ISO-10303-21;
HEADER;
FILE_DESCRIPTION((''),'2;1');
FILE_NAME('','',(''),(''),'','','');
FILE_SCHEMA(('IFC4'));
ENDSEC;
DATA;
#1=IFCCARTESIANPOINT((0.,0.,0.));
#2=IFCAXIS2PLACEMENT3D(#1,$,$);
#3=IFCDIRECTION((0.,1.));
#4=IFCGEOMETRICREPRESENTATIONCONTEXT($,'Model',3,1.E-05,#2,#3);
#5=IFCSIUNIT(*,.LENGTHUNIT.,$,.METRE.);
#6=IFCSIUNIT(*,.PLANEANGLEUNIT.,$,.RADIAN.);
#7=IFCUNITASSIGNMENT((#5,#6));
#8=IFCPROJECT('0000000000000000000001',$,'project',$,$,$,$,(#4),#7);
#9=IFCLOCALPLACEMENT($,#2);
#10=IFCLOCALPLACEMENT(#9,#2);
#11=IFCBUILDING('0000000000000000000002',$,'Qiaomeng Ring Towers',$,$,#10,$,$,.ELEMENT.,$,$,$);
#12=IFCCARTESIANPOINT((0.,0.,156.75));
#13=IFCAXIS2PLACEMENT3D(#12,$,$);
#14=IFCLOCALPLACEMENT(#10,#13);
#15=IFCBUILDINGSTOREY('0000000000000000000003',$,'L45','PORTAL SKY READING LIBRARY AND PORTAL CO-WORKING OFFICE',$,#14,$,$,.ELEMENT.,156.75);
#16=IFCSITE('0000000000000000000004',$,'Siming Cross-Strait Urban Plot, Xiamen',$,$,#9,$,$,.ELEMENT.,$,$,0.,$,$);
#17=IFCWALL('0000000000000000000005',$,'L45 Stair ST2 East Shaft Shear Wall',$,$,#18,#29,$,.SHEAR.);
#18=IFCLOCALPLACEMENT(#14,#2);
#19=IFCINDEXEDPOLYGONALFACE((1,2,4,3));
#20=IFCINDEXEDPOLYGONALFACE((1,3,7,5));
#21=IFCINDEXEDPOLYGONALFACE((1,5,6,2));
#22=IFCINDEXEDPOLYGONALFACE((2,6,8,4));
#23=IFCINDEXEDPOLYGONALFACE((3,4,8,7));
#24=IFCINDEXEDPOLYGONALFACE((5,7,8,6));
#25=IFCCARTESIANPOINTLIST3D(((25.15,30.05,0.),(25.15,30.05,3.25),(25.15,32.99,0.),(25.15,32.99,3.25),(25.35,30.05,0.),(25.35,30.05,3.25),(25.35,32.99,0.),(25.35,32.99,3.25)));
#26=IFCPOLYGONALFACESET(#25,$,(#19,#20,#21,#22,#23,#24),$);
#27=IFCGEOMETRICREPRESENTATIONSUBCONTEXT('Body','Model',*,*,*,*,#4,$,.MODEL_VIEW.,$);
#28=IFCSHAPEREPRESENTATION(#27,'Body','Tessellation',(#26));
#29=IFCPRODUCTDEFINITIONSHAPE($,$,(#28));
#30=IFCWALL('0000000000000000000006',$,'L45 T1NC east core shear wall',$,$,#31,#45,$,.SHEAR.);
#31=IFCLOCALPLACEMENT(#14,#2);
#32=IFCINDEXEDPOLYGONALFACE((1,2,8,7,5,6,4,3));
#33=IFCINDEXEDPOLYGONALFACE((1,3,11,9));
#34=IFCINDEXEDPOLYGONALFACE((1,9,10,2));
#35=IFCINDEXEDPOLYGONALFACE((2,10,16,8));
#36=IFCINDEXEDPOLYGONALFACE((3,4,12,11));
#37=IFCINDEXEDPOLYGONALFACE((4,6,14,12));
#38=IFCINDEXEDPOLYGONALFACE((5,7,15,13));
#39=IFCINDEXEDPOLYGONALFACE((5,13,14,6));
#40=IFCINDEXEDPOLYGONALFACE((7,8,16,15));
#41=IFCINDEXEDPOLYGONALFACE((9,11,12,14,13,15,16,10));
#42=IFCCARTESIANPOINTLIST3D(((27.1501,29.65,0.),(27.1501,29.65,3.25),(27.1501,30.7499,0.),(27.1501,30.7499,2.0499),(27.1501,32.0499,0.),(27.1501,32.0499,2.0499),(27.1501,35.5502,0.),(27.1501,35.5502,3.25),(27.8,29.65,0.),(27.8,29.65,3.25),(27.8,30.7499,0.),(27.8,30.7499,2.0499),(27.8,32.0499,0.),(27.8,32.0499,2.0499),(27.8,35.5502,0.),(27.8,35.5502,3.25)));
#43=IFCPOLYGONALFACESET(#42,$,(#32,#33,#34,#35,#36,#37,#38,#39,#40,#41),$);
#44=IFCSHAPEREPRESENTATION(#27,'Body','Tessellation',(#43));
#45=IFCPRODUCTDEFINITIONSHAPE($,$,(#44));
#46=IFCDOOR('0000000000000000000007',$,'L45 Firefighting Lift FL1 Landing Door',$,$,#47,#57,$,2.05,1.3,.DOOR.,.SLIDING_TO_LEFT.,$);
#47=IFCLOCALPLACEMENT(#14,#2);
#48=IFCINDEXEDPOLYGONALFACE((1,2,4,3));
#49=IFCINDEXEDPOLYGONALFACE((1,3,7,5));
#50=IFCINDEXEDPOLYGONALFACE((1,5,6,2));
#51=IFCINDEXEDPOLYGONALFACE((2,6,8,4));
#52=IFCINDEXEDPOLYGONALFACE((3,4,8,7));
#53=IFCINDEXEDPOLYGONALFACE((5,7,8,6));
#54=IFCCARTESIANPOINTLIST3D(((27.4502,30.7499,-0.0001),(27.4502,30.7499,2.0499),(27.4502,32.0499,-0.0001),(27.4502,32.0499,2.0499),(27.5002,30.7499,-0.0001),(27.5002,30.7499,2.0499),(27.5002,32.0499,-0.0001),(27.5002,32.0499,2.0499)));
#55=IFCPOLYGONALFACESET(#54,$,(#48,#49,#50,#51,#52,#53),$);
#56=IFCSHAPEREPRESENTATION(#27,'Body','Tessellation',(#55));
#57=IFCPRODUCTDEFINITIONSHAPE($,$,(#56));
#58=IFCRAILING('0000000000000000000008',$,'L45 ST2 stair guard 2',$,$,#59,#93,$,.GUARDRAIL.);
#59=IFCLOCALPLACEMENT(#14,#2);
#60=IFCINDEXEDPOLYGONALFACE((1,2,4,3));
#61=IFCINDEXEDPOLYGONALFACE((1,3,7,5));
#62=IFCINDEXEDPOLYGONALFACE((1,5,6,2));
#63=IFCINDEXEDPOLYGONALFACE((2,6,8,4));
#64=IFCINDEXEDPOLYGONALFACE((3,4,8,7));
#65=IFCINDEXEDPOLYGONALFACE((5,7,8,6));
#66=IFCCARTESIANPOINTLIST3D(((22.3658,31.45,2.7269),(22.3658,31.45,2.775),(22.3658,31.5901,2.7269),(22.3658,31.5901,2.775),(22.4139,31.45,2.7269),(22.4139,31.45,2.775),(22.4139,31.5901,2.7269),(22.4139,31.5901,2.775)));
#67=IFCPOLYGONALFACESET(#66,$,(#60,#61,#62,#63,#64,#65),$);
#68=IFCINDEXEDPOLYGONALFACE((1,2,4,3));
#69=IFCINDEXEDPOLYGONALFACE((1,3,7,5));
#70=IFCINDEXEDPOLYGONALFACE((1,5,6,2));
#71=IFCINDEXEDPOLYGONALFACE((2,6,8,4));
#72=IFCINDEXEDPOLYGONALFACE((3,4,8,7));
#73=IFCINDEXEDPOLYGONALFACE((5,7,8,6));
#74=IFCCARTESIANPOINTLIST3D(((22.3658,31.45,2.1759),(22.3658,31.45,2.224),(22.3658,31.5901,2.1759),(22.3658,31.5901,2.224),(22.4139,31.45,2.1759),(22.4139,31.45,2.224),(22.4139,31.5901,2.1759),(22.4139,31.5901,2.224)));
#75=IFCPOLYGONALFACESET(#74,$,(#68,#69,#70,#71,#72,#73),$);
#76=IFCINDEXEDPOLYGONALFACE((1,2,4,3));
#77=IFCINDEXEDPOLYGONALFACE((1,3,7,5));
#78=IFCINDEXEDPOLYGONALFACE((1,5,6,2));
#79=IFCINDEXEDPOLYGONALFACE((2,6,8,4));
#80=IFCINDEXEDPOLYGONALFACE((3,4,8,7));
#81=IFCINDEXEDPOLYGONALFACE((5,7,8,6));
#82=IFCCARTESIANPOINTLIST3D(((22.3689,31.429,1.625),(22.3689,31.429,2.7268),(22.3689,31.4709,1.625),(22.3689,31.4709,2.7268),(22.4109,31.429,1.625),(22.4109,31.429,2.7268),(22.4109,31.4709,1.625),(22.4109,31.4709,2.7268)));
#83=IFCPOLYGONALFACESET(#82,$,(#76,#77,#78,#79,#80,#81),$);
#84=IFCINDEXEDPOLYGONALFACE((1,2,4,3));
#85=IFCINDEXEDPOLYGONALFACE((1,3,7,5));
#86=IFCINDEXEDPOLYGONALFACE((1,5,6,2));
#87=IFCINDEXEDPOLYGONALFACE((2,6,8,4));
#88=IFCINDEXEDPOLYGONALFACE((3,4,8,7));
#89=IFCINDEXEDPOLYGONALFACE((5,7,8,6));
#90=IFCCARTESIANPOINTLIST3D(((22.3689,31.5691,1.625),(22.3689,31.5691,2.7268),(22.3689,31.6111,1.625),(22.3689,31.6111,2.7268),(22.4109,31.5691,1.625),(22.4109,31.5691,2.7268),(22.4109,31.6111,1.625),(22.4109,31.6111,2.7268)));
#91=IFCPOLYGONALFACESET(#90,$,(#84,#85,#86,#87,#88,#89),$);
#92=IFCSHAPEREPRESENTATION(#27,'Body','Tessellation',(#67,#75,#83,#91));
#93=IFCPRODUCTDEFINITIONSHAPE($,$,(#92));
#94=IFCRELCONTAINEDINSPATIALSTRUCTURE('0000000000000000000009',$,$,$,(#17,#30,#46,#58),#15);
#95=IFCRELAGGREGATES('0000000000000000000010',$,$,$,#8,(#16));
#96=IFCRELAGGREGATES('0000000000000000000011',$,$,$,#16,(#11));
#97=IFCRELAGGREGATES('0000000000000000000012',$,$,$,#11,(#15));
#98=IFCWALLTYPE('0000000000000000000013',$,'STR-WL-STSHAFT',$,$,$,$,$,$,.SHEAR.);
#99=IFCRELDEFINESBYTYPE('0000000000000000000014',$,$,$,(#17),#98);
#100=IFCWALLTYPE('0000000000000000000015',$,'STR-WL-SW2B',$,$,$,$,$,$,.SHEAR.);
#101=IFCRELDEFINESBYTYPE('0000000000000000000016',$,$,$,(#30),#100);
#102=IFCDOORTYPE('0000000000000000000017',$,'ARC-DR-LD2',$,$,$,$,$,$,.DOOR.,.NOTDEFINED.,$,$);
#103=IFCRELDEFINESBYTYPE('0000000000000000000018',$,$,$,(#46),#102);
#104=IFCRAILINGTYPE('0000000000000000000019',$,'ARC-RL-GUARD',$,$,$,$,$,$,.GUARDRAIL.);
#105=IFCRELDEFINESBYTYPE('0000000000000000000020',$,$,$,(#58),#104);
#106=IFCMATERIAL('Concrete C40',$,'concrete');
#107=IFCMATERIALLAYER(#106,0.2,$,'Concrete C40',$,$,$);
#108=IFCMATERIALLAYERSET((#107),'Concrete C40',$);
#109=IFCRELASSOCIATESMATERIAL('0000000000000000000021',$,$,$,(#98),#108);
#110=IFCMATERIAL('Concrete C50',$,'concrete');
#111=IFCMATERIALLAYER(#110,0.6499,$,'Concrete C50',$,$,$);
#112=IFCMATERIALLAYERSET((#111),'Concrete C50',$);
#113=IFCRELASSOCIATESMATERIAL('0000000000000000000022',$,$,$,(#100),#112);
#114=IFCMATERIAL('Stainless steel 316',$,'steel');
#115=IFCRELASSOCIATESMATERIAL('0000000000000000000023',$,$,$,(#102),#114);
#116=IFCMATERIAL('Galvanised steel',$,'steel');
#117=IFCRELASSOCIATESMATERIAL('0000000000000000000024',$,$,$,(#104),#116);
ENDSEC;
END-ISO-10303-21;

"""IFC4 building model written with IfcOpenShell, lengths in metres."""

from ifc_helpers import new_model, si_unit, direction, frame, frame_2d, origin, origin_2d, place, context, subcontext, project, spatial, rectangle, extrude, source, transform, mapped, material, layer, layer_set, type_object, element, fill, save


model = new_model("IFC4")

# Units and contexts
model_context = context("Model", 3, precision=1e-05, world=origin(), true_north=direction((0.0, 1.0)))
body_context = subcontext(model_context, "Body", "Model", "MODEL_VIEW")
ifc_project = project(units=[si_unit("LENGTHUNIT", "METRE"), si_unit("PLANEANGLEUNIT", "RADIAN")], contexts=[model_context])

# Site, building, storey
site_placement = place(None, origin())
site = spatial("IfcSite", under=ifc_project, at=site_placement, Name="Siming Cross-Strait Urban Plot, Xiamen", CompositionType="ELEMENT", RefElevation=0.0)
building_placement = place(site_placement, origin())
building = spatial("IfcBuilding", under=site, at=building_placement, Name="Qiaomeng Ring Towers", CompositionType="ELEMENT")
storey_placement = place(building_placement, frame((0.0, 0.0, 156.75)))
storey = spatial("IfcBuildingStorey", under=building, at=storey_placement, Name="L45", Description="PORTAL SKY READING LIBRARY AND PORTAL CO-WORKING OFFICE", CompositionType="ELEMENT", Elevation=156.75)

# Shared definitions
ifc_material_1 = material(Name="Galvanised steel", Category="steel")

# Wall
ifc_material_2 = material(Name="Concrete C40", Category="concrete")
ifc_layer_1 = layer(ifc_material_2, 0.2, Name="Concrete C40")
ifc_layer_set_1 = layer_set([ifc_layer_1], Name="Concrete C40")
wall_type_1 = type_object("IfcWallType", Name="STR-WL-STSHAFT", PredefinedType="SHEAR", material=ifc_layer_set_1)
wall_1_placement = place(storey_placement, frame((25.25, 30.05, 0.0), z_axis=(0.0, 0.0, 1.0), x_axis=(0.0, 1.0, 0.0)))
element("IfcWall", 1, at=wall_1_placement, inside=storey, type_object=wall_type_1, Name="L45 Stair ST2 East Shaft Shear Wall", PredefinedType="SHEAR", context=body_context, shape_type="SweptSolid", body=[
    extrude(rectangle(XDim=2.9399, YDim=0.2, at=frame_2d((1.47, 0.0))), origin(), (0.0, 0.0, 1.0), 3.25),
])

# Wall, opening, door
ifc_material_3 = material(Name="Concrete C50", Category="concrete")
ifc_layer_2 = layer(ifc_material_3, 0.6499, Name="Concrete C50")
ifc_layer_set_2 = layer_set([ifc_layer_2], Name="Concrete C50")
wall_type_2 = type_object("IfcWallType", Name="STR-WL-SW2B", PredefinedType="SHEAR", material=ifc_layer_set_2)
wall_2_placement = place(storey_placement, frame((27.4751, 29.6499, 0.0), z_axis=(0.0, 0.0, 1.0), x_axis=(0.0, 1.0, 0.0)))
wall_2 = element("IfcWall", 2, at=wall_2_placement, inside=storey, type_object=wall_type_2, Name="L45 T1NC east core shear wall", PredefinedType="SHEAR", context=body_context, shape_type="SweptSolid", body=[
    extrude(rectangle(XDim=5.9001, YDim=0.6499, at=frame_2d((2.9502, 0.0))), origin(), (0.0, 0.0, 1.0), 3.25),
])
opening_1_placement = place(wall_2_placement, frame((1.1001, 0.0, 0.0)))
opening_1 = element("IfcOpeningElement", 3, at=opening_1_placement, cuts=wall_2, PredefinedType="OPENING", context=body_context, shape_type="SweptSolid", body=[
    extrude(rectangle(XDim=1.3, YDim=2.05, at=frame_2d((0.6499, 1.0249))), frame((0.0, 0.335, 0.0), z_axis=(0.0, -1.0, 0.0), x_axis=(1.0, 0.0, 0.0)), (0.0, 0.0, 1.0), 0.6699),
])
ifc_material_4 = material(Name="Stainless steel 316", Category="steel")
door_type_1 = type_object("IfcDoorType", Name="ARC-DR-LD2", OperationType="NOTDEFINED", PredefinedType="DOOR", material=ifc_material_4)
shared_shape_1 = source(origin(), body_context, "Body", "SweptSolid", [
    extrude(rectangle(XDim=1.3, YDim=2.05, at=frame_2d((0.6499, 1.0249))), frame((0.0, 0.0249, 0.0), z_axis=(0.0, -1.0, 0.0), x_axis=(1.0, 0.0, 0.0)), (0.0, 0.0, 1.0), 0.05),
])
door_1_placement = place(opening_1_placement, origin())
door_1 = element("IfcDoor", 4, at=door_1_placement, inside=storey, type_object=door_type_1, Name="L45 Firefighting Lift FL1 Landing Door", OperationType="SLIDING_TO_LEFT", OverallHeight=2.05, OverallWidth=1.3, PredefinedType="DOOR", context=body_context, shape_type="MappedRepresentation", body=[
    mapped(shared_shape_1, transform((0.0, 0.0, 0.0), x_axis=(1.0, 0.0, 0.0), y_axis=(0.0, 1.0, 0.0), z_axis=(0.0, 0.0, 1.0), scale=1.0)),
])
fill(opening_1, door_1)

# Railing
railing_type = type_object("IfcRailingType", Name="ARC-RL-GUARD", PredefinedType="GUARDRAIL", material=ifc_material_1)
railing_placement = place(storey_placement, frame((22.3899, 31.45, 1.625)))
element("IfcRailing", 5, at=railing_placement, inside=storey, type_object=railing_type, Name="L45 ST2 stair guard 2", PredefinedType="GUARDRAIL", context=body_context, shape_type="SweptSolid", body=[
    extrude(rectangle(XDim=0.0481, YDim=0.0481, at=origin_2d()), frame((0.0, 0.0, 1.126), z_axis=(0.0, 1.0, 0.0), x_axis=(-1.0, 0.0, 0.0)), (0.0, 0.0, 1.0), 0.1401),
    extrude(rectangle(XDim=0.0481, YDim=0.0481, at=origin_2d()), frame((0.0, 0.0, 0.575), z_axis=(0.0, 1.0, 0.0), x_axis=(-1.0, 0.0, 0.0)), (0.0, 0.0, 1.0), 0.1401),
    extrude(rectangle(XDim=0.042, YDim=0.042, at=origin_2d()), origin(), (0.0, 0.0, 1.0), 1.1018),
    extrude(rectangle(XDim=0.042, YDim=0.042, at=origin_2d()), frame((0.0, 0.1401, 0.0)), (0.0, 0.0, 1.0), 1.1018),
])

save(model, "model.ifc")
